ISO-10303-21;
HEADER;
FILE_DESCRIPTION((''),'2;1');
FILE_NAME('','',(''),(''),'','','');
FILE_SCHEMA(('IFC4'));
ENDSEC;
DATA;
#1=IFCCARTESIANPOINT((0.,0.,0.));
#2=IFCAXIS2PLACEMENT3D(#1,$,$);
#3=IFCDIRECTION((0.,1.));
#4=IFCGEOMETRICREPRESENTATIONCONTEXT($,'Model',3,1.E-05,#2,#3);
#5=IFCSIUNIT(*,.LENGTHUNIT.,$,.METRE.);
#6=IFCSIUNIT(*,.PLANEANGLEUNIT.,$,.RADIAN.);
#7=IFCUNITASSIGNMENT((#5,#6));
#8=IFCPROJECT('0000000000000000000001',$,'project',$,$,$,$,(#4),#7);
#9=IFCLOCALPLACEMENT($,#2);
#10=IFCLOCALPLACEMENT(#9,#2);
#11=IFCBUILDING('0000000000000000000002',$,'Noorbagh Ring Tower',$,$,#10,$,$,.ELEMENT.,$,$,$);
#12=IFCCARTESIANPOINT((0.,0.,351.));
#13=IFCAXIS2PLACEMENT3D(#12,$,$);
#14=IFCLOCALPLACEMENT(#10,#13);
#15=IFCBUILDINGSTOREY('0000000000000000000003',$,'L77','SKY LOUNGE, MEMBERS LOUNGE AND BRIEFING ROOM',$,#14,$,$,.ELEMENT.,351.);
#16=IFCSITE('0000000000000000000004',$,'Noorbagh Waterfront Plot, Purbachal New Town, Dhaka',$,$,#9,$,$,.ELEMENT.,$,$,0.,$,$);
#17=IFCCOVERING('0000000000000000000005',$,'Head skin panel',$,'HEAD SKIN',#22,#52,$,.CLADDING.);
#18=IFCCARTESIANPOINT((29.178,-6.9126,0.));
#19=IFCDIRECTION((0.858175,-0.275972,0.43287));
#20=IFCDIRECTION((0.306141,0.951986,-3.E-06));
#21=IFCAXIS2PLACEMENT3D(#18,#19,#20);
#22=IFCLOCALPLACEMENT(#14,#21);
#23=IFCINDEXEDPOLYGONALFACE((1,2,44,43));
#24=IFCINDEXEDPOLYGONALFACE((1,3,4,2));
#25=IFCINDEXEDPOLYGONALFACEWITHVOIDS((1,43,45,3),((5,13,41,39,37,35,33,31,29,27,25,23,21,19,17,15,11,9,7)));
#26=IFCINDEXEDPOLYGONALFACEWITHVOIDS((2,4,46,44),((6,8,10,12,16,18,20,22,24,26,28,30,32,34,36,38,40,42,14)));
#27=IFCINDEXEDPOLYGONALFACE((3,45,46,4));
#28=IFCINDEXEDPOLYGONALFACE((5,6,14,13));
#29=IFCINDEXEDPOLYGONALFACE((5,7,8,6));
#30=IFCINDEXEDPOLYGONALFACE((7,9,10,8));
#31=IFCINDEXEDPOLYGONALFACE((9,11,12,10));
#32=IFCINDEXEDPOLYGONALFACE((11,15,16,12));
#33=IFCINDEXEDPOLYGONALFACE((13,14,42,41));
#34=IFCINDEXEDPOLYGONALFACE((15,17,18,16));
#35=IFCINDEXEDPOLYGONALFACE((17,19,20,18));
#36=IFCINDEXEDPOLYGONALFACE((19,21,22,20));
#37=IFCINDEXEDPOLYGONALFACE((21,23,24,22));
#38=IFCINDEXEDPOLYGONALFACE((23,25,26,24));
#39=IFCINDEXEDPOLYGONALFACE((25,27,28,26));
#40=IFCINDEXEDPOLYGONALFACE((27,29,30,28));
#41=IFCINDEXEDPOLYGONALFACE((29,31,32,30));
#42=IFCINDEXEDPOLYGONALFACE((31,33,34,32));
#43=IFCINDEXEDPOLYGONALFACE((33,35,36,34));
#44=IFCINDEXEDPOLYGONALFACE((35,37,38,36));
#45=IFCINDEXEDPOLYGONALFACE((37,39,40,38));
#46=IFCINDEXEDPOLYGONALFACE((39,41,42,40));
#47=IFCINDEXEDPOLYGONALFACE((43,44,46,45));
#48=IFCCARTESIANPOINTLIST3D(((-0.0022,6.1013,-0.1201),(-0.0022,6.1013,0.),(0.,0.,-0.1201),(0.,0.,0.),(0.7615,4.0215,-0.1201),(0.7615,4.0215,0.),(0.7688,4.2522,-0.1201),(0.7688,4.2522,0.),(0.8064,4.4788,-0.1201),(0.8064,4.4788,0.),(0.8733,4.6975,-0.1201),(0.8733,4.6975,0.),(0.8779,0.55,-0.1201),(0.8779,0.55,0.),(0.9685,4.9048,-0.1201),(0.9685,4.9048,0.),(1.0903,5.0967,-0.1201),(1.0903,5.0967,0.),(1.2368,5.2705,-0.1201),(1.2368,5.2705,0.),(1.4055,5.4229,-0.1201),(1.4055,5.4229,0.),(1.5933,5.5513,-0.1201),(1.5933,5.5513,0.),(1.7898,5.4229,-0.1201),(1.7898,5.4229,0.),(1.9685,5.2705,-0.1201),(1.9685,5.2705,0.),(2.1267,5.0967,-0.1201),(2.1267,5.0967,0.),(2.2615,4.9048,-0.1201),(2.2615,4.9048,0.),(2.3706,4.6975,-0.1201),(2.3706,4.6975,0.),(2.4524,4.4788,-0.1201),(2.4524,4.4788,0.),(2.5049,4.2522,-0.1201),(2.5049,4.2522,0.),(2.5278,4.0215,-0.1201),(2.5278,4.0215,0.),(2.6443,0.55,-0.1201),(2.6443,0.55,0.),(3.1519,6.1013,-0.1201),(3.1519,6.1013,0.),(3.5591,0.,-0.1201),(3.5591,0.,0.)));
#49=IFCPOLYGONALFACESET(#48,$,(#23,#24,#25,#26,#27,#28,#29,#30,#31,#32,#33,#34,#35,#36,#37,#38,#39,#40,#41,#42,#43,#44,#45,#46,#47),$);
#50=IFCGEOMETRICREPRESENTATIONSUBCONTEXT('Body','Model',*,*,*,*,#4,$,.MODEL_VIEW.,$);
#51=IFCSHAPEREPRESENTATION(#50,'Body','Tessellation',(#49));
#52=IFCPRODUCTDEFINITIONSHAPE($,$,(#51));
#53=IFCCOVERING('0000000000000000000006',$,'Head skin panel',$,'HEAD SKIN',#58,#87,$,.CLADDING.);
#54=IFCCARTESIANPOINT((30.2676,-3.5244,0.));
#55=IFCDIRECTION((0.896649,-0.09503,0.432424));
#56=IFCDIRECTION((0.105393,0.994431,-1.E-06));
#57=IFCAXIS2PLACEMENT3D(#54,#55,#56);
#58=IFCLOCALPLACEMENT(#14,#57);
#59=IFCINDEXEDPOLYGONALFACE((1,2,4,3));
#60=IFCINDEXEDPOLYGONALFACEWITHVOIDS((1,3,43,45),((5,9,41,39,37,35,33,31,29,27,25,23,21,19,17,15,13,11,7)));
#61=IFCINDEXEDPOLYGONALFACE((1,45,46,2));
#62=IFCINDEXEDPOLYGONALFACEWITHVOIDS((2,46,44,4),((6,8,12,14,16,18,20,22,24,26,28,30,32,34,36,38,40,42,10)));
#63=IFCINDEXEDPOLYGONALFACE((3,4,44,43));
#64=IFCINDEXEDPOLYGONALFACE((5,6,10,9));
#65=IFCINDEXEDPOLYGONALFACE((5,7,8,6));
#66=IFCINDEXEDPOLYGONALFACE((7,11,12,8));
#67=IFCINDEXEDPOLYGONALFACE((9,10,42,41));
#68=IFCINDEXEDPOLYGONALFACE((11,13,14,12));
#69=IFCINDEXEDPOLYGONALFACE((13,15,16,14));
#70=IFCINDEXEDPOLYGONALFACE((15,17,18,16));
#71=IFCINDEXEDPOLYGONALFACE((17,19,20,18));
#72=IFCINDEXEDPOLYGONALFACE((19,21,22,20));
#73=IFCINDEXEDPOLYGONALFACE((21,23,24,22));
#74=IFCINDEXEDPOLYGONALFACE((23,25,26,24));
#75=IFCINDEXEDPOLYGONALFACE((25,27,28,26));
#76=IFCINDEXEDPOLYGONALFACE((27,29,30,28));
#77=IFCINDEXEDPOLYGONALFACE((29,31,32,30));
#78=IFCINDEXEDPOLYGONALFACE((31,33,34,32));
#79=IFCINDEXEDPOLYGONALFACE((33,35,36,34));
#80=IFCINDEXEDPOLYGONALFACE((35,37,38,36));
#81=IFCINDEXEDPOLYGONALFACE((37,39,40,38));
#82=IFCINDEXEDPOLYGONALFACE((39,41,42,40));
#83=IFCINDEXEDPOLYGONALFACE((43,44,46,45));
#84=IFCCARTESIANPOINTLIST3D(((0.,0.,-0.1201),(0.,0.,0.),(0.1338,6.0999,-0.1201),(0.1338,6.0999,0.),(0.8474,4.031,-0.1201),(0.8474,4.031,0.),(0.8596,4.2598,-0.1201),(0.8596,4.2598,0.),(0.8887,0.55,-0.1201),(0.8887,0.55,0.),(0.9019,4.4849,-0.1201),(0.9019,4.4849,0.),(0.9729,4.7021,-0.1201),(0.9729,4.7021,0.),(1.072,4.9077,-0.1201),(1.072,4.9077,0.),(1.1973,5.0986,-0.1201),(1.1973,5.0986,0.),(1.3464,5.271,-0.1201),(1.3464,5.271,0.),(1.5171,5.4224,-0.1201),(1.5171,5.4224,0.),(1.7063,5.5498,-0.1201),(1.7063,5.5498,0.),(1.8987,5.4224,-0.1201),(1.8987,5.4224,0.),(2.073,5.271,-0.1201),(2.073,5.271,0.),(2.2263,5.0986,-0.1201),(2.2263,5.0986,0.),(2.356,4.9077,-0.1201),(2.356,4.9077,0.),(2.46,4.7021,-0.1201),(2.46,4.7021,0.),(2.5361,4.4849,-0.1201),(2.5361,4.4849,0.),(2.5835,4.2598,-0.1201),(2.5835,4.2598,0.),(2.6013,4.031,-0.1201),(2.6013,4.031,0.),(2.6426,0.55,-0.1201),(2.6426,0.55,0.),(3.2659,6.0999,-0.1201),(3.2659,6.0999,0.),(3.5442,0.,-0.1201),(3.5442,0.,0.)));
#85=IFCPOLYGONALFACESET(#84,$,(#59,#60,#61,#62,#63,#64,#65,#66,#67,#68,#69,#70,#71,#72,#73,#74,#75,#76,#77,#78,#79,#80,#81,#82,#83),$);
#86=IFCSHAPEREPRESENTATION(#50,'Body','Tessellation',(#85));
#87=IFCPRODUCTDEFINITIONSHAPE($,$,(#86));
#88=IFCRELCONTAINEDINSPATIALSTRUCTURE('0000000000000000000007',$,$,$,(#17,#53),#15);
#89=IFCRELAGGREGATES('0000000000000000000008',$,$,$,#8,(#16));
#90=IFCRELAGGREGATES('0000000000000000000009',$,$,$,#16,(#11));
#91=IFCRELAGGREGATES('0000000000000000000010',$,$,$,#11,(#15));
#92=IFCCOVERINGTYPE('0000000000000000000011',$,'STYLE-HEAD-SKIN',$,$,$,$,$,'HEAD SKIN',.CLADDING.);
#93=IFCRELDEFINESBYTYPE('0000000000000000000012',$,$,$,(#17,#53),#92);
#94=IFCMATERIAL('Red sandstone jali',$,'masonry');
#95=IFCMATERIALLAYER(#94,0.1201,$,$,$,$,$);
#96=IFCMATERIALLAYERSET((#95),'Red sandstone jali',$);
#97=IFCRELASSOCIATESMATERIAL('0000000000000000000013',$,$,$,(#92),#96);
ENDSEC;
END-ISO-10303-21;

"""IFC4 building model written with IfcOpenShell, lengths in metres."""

from ifc_helpers import new_model, si_unit, direction, frame, origin, place, context, subcontext, project, spatial, polyline, outline, extrude, material, layer, layer_set, type_object, element, save


model = new_model("IFC4")

# Units and contexts
model_context = context("Model", 3, precision=1e-05, world=origin(), true_north=direction((0.0, 1.0)))
body_context = subcontext(model_context, "Body", "Model", "MODEL_VIEW")
ifc_project = project(units=[si_unit("LENGTHUNIT", "METRE"), si_unit("PLANEANGLEUNIT", "RADIAN")], contexts=[model_context])

# Site, building, storey
site_placement = place(None, origin())
site = spatial("IfcSite", under=ifc_project, at=site_placement, Name="Noorbagh Waterfront Plot, Purbachal New Town, Dhaka", CompositionType="ELEMENT", RefElevation=0.0)
building_placement = place(site_placement, origin())
building = spatial("IfcBuilding", under=site, at=building_placement, Name="Noorbagh Ring Tower", CompositionType="ELEMENT")
storey_placement = place(building_placement, frame((0.0, 0.0, 351.0)))
storey = spatial("IfcBuildingStorey", under=building, at=storey_placement, Name="L77", Description="SKY LOUNGE, MEMBERS LOUNGE AND BRIEFING ROOM", CompositionType="ELEMENT", Elevation=351.0)

# Coverings
ifc_material_1 = material(Name="Red sandstone jali", Category="masonry")
ifc_layer_1 = layer(ifc_material_1, 0.1201)
ifc_layer_set_1 = layer_set([ifc_layer_1], Name="Red sandstone jali")
covering_type_1 = type_object("IfcCoveringType", Name="STYLE-HEAD-SKIN", ElementType="HEAD SKIN", PredefinedType="CLADDING", material=ifc_layer_set_1)
covering_1_placement = place(storey_placement, frame((29.178, -6.9126, 0.0), z_axis=(0.858175, -0.275972, 0.43287), x_axis=(0.306141, 0.951986, -0.000003)))
element("IfcCovering", 1, at=covering_1_placement, inside=storey, type_object=covering_type_1, Name="Head skin panel", ObjectType="HEAD SKIN", PredefinedType="CLADDING", context=body_context, shape_type="SweptSolid", body=[
    extrude(outline(polyline([(0.0, 0.0), (3.5591, 0.0), (3.1519, 6.1013), (-0.0022, 6.1013), (0.0, 0.0)]), holes=[polyline([(0.8779, 0.55), (0.7615, 4.0215), (0.7688, 4.2522), (0.8064, 4.4788), (0.8733, 4.6975), (0.9685, 4.9048), (1.0903, 5.0967), (1.2368, 5.2705), (1.4055, 5.4229), (1.5933, 5.5513), (1.7898, 5.4229), (1.9685, 5.2705), (2.1267, 5.0967), (2.2615, 4.9048), (2.3706, 4.6975), (2.4524, 4.4788), (2.5049, 4.2522), (2.5278, 4.0215), (2.6443, 0.55), (0.8779, 0.55)])]), origin(), (0.0, 0.0, -1.0), 0.1201),
])
covering_2_placement = place(storey_placement, frame((30.2676, -3.5244, 0.0), z_axis=(0.896649, -0.09503, 0.432424), x_axis=(0.105393, 0.994431, -0.000001)))
element("IfcCovering", 2, at=covering_2_placement, inside=storey, type_object=covering_type_1, Name="Head skin panel", ObjectType="HEAD SKIN", PredefinedType="CLADDING", context=body_context, shape_type="SweptSolid", body=[
    extrude(outline(polyline([(0.0, 0.0), (3.5442, 0.0), (3.2659, 6.0999), (0.1338, 6.0999), (0.0, 0.0)]), holes=[polyline([(0.8887, 0.55), (0.8474, 4.031), (0.8596, 4.2598), (0.9019, 4.4849), (0.9729, 4.7021), (1.072, 4.9077), (1.1973, 5.0986), (1.3464, 5.271), (1.5171, 5.4224), (1.7063, 5.5498), (1.8987, 5.4224), (2.073, 5.271), (2.2263, 5.0986), (2.356, 4.9077), (2.46, 4.7021), (2.5361, 4.4849), (2.5835, 4.2598), (2.6013, 4.031), (2.6426, 0.55), (0.8887, 0.55)])]), origin(), (0.0, 0.0, -1.0), 0.1201),
])

save(model, "model.ifc")
